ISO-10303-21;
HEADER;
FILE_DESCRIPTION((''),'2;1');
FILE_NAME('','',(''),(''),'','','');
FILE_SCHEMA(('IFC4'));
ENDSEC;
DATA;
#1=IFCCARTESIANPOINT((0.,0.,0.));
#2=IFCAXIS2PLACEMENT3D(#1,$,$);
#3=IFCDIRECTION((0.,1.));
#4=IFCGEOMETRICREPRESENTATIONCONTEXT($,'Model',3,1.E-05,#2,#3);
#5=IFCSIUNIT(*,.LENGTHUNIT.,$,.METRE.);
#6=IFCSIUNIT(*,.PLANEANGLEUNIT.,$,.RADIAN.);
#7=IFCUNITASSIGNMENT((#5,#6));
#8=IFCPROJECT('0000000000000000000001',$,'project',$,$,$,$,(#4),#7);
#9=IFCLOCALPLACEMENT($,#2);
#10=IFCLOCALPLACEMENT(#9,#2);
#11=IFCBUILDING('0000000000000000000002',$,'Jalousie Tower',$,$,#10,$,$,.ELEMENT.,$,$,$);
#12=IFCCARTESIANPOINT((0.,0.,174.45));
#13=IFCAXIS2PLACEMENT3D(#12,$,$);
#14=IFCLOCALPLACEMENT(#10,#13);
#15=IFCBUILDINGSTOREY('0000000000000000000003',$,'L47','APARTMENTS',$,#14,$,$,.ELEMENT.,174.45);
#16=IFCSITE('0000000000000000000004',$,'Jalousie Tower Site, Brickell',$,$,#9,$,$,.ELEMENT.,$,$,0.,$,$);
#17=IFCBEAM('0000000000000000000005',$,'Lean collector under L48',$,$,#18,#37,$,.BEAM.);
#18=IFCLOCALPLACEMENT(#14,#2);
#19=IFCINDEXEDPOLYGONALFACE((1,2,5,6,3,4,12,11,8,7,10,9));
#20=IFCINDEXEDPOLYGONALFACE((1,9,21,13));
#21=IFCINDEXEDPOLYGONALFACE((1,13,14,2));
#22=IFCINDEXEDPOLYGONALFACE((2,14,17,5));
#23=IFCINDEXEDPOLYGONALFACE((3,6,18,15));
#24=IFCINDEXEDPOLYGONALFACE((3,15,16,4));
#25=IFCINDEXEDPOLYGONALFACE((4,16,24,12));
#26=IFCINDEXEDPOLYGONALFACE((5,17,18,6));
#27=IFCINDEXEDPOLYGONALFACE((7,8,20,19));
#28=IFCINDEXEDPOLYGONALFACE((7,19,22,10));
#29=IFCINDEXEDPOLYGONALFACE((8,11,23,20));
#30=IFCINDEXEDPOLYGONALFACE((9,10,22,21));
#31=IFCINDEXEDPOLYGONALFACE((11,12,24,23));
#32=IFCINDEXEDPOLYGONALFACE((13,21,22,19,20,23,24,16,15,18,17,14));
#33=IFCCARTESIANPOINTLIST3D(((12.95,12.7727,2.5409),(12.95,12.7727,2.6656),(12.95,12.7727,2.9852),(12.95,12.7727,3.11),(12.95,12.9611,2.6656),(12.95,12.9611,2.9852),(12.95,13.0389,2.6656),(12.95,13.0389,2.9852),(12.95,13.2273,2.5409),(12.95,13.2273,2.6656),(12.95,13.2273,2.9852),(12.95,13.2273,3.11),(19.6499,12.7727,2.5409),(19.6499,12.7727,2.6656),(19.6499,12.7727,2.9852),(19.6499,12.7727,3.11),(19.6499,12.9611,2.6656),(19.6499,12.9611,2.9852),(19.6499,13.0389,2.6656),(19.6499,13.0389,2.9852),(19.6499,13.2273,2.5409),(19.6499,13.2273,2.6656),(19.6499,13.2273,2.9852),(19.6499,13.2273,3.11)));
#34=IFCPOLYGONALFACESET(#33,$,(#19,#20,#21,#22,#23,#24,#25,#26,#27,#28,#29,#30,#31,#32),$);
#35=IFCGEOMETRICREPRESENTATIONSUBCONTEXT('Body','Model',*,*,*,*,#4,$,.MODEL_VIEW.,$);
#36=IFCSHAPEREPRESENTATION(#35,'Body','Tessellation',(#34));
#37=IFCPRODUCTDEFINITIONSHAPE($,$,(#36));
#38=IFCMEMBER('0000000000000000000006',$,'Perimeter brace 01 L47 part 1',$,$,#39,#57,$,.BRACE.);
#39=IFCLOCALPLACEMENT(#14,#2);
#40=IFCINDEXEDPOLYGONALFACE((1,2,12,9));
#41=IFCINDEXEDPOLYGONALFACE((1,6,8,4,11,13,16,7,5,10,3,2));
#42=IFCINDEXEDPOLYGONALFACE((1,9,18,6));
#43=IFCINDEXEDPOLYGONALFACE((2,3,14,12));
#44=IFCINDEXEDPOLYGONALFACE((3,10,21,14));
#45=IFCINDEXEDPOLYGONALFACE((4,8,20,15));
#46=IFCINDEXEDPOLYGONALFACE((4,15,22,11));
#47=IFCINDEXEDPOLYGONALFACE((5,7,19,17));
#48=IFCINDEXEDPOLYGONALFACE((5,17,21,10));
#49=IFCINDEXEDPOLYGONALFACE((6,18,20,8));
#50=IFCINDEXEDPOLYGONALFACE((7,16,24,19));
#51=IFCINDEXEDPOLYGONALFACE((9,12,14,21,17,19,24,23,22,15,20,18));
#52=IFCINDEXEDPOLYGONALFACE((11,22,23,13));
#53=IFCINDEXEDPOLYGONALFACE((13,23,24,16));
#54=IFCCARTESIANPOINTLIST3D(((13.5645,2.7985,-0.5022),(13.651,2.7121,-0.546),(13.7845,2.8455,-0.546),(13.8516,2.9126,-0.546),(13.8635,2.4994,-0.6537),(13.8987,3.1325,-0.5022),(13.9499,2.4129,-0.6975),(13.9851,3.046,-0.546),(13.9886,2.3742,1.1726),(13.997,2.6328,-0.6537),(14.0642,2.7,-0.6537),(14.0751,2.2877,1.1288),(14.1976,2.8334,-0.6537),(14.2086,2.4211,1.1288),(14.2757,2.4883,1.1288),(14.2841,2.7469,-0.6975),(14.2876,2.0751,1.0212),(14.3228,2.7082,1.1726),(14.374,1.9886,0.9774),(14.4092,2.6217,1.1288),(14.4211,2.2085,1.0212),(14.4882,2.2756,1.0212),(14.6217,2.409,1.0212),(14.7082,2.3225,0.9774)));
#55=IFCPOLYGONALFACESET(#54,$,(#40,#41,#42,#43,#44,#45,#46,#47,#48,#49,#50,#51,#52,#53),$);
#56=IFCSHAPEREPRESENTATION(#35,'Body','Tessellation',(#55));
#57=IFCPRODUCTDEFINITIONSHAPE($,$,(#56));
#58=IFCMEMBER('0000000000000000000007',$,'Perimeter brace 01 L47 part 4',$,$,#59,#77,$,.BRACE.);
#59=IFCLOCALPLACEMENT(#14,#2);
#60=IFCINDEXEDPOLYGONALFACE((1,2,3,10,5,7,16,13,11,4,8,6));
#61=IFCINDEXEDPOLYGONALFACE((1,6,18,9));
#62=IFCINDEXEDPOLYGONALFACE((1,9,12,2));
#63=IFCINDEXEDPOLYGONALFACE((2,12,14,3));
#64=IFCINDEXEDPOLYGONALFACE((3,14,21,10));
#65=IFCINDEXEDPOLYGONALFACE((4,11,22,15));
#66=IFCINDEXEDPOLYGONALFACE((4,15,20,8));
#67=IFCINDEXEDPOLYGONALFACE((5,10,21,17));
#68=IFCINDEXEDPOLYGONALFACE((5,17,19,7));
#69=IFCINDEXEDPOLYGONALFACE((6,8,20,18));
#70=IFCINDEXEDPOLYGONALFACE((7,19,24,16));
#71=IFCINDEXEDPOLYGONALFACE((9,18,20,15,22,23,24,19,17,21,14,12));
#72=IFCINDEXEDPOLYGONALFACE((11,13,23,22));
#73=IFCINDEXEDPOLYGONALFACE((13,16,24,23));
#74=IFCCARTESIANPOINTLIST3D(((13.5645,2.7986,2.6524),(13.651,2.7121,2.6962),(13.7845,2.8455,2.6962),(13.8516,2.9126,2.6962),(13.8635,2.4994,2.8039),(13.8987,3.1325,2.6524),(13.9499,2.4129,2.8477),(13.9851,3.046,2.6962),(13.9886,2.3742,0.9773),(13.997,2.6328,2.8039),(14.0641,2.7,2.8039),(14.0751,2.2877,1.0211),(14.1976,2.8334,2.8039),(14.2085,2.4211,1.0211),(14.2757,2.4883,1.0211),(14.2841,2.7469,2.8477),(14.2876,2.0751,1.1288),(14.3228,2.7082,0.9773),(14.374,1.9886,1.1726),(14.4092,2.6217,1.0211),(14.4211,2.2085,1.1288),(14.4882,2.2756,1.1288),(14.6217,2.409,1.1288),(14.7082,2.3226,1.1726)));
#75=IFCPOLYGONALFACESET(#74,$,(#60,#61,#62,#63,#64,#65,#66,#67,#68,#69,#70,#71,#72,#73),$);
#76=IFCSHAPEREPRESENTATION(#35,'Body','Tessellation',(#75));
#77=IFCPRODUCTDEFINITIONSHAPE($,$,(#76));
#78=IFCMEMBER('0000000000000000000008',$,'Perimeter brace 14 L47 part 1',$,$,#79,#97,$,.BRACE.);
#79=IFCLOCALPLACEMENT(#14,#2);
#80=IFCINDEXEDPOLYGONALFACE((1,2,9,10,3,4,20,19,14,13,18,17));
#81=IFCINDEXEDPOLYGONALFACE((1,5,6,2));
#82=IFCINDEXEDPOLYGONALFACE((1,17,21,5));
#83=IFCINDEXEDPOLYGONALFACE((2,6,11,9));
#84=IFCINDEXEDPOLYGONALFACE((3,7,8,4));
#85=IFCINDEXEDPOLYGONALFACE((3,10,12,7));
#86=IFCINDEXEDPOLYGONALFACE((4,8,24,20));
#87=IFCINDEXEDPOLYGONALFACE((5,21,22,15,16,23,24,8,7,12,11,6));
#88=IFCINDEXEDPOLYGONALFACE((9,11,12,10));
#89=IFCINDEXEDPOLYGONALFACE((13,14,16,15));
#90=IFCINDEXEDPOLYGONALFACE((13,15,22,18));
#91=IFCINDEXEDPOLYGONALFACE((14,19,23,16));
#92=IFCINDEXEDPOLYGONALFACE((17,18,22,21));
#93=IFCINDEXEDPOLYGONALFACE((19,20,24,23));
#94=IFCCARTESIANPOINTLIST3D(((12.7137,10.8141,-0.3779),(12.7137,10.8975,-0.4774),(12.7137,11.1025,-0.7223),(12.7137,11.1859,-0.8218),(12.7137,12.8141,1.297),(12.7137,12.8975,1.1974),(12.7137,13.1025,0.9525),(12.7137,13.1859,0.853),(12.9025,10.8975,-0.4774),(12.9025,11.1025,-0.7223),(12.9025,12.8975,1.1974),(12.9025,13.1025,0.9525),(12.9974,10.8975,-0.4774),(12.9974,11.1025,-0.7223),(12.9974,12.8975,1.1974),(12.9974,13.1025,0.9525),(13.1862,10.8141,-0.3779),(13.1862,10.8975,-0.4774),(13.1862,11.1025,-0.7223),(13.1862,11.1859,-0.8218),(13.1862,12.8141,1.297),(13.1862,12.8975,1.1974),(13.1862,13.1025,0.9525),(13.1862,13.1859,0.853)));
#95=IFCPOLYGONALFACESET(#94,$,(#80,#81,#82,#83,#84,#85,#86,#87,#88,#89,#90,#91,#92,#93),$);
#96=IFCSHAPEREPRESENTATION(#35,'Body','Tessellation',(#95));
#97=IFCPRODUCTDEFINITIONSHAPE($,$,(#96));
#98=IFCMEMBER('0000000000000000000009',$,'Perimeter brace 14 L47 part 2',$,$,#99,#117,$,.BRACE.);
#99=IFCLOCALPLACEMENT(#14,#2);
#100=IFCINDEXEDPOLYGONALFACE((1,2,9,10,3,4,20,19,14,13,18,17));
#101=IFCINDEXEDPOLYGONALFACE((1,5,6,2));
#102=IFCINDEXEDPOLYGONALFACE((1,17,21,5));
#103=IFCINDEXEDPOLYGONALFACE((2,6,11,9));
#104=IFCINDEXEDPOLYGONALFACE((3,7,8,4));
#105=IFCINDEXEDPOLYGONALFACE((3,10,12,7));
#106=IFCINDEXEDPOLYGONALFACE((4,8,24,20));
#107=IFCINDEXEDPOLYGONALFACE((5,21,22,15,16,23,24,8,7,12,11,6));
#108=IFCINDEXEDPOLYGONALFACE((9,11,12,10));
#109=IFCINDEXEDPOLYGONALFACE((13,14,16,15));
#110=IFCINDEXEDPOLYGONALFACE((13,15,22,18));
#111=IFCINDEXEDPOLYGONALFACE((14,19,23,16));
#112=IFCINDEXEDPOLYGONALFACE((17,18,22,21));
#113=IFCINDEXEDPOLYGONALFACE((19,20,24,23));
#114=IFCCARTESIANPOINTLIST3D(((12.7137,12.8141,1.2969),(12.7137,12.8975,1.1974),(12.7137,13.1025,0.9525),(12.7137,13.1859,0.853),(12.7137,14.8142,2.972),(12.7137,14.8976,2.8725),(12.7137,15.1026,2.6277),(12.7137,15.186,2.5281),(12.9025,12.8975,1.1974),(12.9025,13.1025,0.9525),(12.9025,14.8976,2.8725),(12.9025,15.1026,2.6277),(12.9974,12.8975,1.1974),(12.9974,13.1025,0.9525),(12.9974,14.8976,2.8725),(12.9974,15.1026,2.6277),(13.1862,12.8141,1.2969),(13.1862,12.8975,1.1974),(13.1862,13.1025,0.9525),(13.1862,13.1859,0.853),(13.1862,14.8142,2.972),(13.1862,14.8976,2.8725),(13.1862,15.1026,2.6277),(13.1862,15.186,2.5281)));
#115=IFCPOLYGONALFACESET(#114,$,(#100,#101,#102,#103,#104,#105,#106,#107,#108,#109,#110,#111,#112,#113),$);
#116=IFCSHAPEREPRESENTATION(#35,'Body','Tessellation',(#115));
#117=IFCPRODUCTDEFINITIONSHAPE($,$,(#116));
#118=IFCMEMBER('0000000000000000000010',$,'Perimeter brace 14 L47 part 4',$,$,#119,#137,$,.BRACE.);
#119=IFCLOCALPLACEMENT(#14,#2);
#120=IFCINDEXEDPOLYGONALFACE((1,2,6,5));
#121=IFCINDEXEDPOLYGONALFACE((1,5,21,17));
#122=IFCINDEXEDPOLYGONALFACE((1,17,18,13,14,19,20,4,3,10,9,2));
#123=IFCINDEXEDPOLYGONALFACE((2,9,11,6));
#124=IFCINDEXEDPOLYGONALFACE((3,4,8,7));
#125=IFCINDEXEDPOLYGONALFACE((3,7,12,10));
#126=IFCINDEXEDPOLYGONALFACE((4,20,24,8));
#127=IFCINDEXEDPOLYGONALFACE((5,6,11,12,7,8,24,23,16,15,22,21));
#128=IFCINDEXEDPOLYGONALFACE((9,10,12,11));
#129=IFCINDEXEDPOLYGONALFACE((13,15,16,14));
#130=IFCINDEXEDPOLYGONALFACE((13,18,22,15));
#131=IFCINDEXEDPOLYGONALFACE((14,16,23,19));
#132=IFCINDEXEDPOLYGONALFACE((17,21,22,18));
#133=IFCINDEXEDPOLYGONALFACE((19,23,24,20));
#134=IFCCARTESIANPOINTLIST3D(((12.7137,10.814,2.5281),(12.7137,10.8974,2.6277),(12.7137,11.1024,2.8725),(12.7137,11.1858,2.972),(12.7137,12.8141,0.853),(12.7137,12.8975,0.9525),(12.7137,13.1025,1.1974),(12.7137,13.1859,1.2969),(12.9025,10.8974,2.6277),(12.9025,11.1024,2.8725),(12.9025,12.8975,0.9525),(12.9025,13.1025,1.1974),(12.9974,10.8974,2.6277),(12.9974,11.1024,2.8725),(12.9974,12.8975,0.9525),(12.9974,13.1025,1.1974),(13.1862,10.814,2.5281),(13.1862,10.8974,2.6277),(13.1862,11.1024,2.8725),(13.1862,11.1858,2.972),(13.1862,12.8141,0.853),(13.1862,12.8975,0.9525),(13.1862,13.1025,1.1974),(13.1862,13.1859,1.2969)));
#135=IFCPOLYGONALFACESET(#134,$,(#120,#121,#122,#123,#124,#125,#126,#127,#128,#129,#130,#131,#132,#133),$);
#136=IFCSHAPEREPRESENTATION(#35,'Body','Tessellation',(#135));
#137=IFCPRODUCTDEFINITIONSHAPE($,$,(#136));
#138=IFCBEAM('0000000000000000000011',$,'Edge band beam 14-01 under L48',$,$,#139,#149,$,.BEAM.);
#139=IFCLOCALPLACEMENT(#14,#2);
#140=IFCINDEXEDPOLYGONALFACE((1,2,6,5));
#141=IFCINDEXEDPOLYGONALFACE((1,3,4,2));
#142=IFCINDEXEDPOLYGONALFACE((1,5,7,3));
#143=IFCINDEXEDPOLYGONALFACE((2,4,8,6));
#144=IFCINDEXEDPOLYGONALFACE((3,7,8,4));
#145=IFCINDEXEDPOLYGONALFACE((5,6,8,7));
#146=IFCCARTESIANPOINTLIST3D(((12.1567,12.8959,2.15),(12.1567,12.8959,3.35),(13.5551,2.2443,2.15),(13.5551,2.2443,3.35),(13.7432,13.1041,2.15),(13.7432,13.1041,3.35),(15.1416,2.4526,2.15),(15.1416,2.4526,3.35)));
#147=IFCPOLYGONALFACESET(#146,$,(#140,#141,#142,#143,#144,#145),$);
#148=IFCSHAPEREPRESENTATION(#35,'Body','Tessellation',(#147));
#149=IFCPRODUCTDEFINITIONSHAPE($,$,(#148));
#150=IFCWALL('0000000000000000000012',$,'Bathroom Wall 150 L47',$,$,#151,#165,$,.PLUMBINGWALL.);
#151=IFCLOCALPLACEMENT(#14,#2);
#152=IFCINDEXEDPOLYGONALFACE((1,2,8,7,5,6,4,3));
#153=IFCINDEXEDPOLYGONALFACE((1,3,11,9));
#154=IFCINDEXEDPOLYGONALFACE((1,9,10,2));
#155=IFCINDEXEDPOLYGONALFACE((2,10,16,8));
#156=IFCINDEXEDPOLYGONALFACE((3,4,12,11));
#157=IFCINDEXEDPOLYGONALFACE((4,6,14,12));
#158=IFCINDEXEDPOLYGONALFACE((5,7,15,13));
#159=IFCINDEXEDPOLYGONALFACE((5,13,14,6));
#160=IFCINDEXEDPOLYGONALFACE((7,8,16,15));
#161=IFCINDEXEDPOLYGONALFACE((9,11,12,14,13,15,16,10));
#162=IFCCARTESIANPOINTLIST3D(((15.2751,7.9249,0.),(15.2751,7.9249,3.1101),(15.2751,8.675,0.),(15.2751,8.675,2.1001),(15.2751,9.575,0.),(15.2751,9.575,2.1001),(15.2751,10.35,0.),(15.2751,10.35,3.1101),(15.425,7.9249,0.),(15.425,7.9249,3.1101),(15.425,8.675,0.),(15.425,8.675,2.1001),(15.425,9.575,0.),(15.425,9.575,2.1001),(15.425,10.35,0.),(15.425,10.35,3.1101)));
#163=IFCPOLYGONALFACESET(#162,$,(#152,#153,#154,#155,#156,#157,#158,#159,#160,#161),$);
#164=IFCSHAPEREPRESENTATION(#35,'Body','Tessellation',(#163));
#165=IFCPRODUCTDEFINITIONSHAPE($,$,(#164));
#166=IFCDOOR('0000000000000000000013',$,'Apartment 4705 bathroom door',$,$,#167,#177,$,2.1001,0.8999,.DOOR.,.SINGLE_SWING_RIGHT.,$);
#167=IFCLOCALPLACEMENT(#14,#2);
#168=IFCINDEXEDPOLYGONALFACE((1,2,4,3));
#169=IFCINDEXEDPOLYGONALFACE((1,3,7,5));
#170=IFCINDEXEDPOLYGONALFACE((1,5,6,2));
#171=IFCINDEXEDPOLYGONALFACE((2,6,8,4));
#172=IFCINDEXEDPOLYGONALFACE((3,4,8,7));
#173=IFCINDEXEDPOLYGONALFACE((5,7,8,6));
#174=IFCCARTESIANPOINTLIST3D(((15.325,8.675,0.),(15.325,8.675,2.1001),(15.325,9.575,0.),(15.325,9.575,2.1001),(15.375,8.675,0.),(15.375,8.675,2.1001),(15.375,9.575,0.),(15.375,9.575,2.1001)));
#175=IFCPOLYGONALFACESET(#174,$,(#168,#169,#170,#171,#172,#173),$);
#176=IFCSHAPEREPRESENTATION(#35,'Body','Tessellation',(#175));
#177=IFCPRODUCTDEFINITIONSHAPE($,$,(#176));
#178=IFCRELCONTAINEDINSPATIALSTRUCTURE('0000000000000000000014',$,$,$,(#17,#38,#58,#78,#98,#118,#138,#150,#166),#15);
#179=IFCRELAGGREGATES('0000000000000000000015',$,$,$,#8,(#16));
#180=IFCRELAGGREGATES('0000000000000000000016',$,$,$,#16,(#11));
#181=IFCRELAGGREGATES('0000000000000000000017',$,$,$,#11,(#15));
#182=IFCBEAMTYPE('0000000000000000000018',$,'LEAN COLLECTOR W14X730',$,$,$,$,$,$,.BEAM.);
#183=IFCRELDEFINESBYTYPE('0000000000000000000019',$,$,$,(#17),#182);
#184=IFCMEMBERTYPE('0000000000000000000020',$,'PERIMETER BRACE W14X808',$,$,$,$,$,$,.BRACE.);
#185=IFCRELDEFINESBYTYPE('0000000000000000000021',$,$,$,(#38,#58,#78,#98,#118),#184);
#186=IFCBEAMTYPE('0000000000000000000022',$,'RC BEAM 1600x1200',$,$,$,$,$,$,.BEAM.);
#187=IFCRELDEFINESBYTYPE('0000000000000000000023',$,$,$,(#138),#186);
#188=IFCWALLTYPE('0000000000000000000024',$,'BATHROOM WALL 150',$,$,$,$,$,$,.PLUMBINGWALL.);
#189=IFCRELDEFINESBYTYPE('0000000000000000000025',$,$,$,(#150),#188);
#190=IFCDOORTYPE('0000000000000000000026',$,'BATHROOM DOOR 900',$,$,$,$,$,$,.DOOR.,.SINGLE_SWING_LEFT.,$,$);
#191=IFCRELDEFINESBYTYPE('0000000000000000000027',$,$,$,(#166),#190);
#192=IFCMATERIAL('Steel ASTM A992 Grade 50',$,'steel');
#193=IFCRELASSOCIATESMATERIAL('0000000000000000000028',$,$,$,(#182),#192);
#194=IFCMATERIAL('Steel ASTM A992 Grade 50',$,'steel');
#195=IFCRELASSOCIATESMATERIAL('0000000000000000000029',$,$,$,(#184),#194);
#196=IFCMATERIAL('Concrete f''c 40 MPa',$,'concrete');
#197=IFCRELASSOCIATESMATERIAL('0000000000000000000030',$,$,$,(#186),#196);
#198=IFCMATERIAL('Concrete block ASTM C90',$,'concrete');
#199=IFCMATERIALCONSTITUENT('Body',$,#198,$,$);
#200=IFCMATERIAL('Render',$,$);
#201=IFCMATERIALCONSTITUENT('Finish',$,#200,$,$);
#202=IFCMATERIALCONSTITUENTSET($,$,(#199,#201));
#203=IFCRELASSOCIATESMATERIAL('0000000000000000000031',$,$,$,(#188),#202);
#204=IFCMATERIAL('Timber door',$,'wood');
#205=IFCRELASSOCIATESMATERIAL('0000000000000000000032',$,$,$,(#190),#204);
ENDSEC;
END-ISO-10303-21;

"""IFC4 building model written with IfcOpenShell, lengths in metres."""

from ifc_helpers import new_model, si_unit, direction, frame, frame_2d, origin, origin_2d, place, context, subcontext, project, spatial, rectangle, i_section, extrude, material, constituent, constituent_set, material_profile, profile_set, type_object, element, fill, save


model = new_model("IFC4")

# Units and contexts
model_context = context("Model", 3, precision=1e-05, world=origin(), true_north=direction((0.0, 1.0)))
body_context = subcontext(model_context, "Body", "Model", "MODEL_VIEW")
ifc_project = project(units=[si_unit("LENGTHUNIT", "METRE"), si_unit("PLANEANGLEUNIT", "RADIAN")], contexts=[model_context])

# Site, building, storey
site_placement = place(None, origin())
site = spatial("IfcSite", under=ifc_project, at=site_placement, Name="Jalousie Tower Site, Brickell", CompositionType="ELEMENT", RefElevation=0.0)
building_placement = place(site_placement, origin())
building = spatial("IfcBuilding", under=site, at=building_placement, Name="Jalousie Tower", CompositionType="ELEMENT")
storey_placement = place(building_placement, frame((0.0, 0.0, 174.45)))
storey = spatial("IfcBuildingStorey", under=building, at=storey_placement, Name="L47", Description="APARTMENTS", CompositionType="ELEMENT", Elevation=174.45)

# Beam
ifc_material_1 = material(Name="Steel ASTM A992 Grade 50", Category="steel")
ifc_material_profile_1 = material_profile(ifc_material_1, i_section(OverallWidth=0.4546, OverallDepth=0.5691, WebThickness=0.0779, FlangeThickness=0.1248, at=origin_2d()), Name="W14X730")
ifc_profile_set_1 = profile_set([ifc_material_profile_1], Name="Steel ASTM A992 Grade 50")
beam_type_1 = type_object("IfcBeamType", Name="LEAN COLLECTOR W14X730", PredefinedType="BEAM", material=ifc_profile_set_1)
beam_1_placement = place(storey_placement, frame((12.95, 13.0, 2.8254), z_axis=(1.0, 0.0, 0.0), x_axis=(0.0, 1.0, 0.0)))
element("IfcBeam", 1, at=beam_1_placement, inside=storey, type_object=beam_type_1, Name="Lean collector under L48", PredefinedType="BEAM", context=body_context, shape_type="SweptSolid", body=[
    extrude(i_section(OverallWidth=0.4546, OverallDepth=0.5691, WebThickness=0.0779, FlangeThickness=0.1248, at=origin_2d()), origin(), (0.0, 0.0, 1.0), 6.7),
])

# Members
ifc_material_2 = material(Name="Steel ASTM A992 Grade 50", Category="steel")
ifc_material_profile_2 = material_profile(ifc_material_2, i_section(OverallWidth=0.4724, OverallDepth=0.5791, WebThickness=0.095, FlangeThickness=0.1299, at=origin_2d()), Name="W14X808")
ifc_profile_set_2 = profile_set([ifc_material_profile_2], Name="Steel ASTM A992 Grade 50")
member_type = type_object("IfcMemberType", Name="PERIMETER BRACE W14X808", PredefinedType="BRACE", material=ifc_profile_set_2)
member_1_placement = place(storey_placement, frame((13.9243, 2.7727, -0.5999), z_axis=(0.238376, -0.238514, 0.941429), x_axis=(0.70731, 0.706903, 0.0)))
element("IfcMember", 2, at=member_1_placement, inside=storey, type_object=member_type, Name="Perimeter brace 01 L47 part 1", PredefinedType="BRACE", context=body_context, shape_type="SweptSolid", body=[
    extrude(i_section(OverallWidth=0.4724, OverallDepth=0.5791, WebThickness=0.095, FlangeThickness=0.1299, at=origin_2d()), origin(), (0.0, 0.0, 1.0), 1.7791),
])
member_2_placement = place(storey_placement, frame((14.3484, 2.3484, 1.075), z_axis=(-0.238346, 0.238483, 0.941444), x_axis=(-0.70731, -0.706903, 0.0)))
element("IfcMember", 3, at=member_2_placement, inside=storey, type_object=member_type, Name="Perimeter brace 01 L47 part 4", PredefinedType="BRACE", context=body_context, shape_type="SweptSolid", body=[
    extrude(i_section(OverallWidth=0.4724, OverallDepth=0.5791, WebThickness=0.095, FlangeThickness=0.1299, at=origin_2d()), origin(), (0.0, 0.0, 1.0), 1.7793),
])
member_3_placement = place(storey_placement, frame((12.95, 11.0, -0.5999), z_axis=(0.0, 0.766685, 0.642024), x_axis=(-1.0, 0.0, 0.0)))
element("IfcMember", 4, at=member_3_placement, inside=storey, type_object=member_type, Name="Perimeter brace 14 L47 part 1", PredefinedType="BRACE", context=body_context, shape_type="SweptSolid", body=[
    extrude(i_section(OverallWidth=0.4724, OverallDepth=0.5791, WebThickness=0.095, FlangeThickness=0.1299, at=origin_2d()), origin(), (0.0, 0.0, 1.0), 2.6086),
])
for number, where, z_axis, x_axis, name in (
    (5, (12.95, 13.0, 1.075), (0.0, 0.766639, 0.642079), (-1.0, 0.0, 0.0), "Perimeter brace 14 L47 part 2"),
    (6, (12.95, 13.0, 1.075), (0.0, -0.766639, 0.642079), (1.0, 0.0, 0.0), "Perimeter brace 14 L47 part 4"),
):
    element("IfcMember", number, at=place(storey_placement, frame(where, z_axis=z_axis, x_axis=x_axis)), inside=storey, type_object=member_type, Name=name, PredefinedType="BRACE", context=body_context, shape_type="SweptSolid", body=[
        extrude(i_section(OverallWidth=0.4724, OverallDepth=0.5791, WebThickness=0.095, FlangeThickness=0.1299, at=origin_2d()), origin(), (0.0, 0.0, 1.0), 2.6089),
    ])

# Beam
ifc_material_3 = material(Name="Concrete f'c 40 MPa", Category="concrete")
ifc_material_profile_3 = material_profile(ifc_material_3, rectangle(XDim=1.6001, YDim=1.2, at=origin_2d()), Name="RC 1600x1200")
ifc_profile_set_3 = profile_set([ifc_material_profile_3], Name="Concrete f'c 40 MPa")
beam_type_2 = type_object("IfcBeamType", Name="RC BEAM 1600x1200", PredefinedType="BEAM", material=ifc_profile_set_3)
beam_2_placement = place(storey_placement, frame((12.95, 13.0, 2.75), z_axis=(0.130172, -0.991491, 0.0), x_axis=(0.991491, 0.130172, 0.0)))
element("IfcBeam", 7, at=beam_2_placement, inside=storey, type_object=beam_type_2, Name="Edge band beam 14-01 under L48", PredefinedType="BEAM", context=body_context, shape_type="SweptSolid", body=[
    extrude(rectangle(XDim=1.6001, YDim=1.2, at=origin_2d()), origin(), (0.0, 0.0, 1.0), 10.7429),
])

# Wall, opening, door
ifc_material_4 = material(Name="Concrete block ASTM C90", Category="concrete")
ifc_constituent_1 = constituent(ifc_material_4, Name="Body")
ifc_material_5 = material(Name="Render")
ifc_constituent_2 = constituent(ifc_material_5, Name="Finish")
ifc_constituent_set_1 = constituent_set(constituents=[ifc_constituent_1, ifc_constituent_2])
wall_type_1 = type_object("IfcWallType", Name="BATHROOM WALL 150", PredefinedType="PLUMBINGWALL", material=ifc_constituent_set_1)
wall_1_placement = place(storey_placement, frame((15.3501, 7.925, 0.0), z_axis=(0.0, 0.0, 1.0), x_axis=(0.0, 1.0, 0.0)))
wall_1 = element("IfcWall", 8, at=wall_1_placement, inside=storey, type_object=wall_type_1, Name="Bathroom Wall 150 L47", PredefinedType="PLUMBINGWALL", context=body_context, shape_type="SweptSolid", body=[
    extrude(rectangle(XDim=2.425, YDim=0.1499, at=frame_2d((1.2124, 0.0))), origin(), (0.0, 0.0, 1.0), 3.1101),
])
opening_1_placement = place(wall_1_placement, frame((0.75, 0.0, 0.0)))
opening_1 = element("IfcOpeningElement", 9, at=opening_1_placement, cuts=wall_1, PredefinedType="OPENING", context=body_context, shape_type="SweptSolid", body=[
    extrude(rectangle(XDim=0.8999, YDim=2.1001, at=frame_2d((0.45, 1.05))), frame((0.0, 0.085, 0.0), z_axis=(0.0, -1.0, 0.0), x_axis=(1.0, 0.0, 0.0)), (0.0, 0.0, 1.0), 0.1699),
])
ifc_material_6 = material(Name="Timber door", Category="wood")
door_type_1 = type_object("IfcDoorType", Name="BATHROOM DOOR 900", OperationType="SINGLE_SWING_LEFT", PredefinedType="DOOR", material=ifc_material_6)
door_1_placement = place(opening_1_placement, frame((0.8999, 0.0, 0.0), z_axis=(0.0, 0.0, 1.0), x_axis=(-1.0, 0.0, 0.0)))
door_1 = element("IfcDoor", 10, at=door_1_placement, inside=storey, type_object=door_type_1, Name="Apartment 4705 bathroom door", OperationType="SINGLE_SWING_RIGHT", OverallHeight=2.1001, OverallWidth=0.8999, PredefinedType="DOOR", context=body_context, shape_type="SweptSolid", body=[
    extrude(rectangle(XDim=0.8999, YDim=2.1001, at=frame_2d((0.45, 1.05))), frame((0.0, 0.0249, 0.0), z_axis=(0.0, -1.0, 0.0), x_axis=(1.0, 0.0, 0.0)), (0.0, 0.0, 1.0), 0.05),
])
fill(opening_1, door_1)

save(model, "model.ifc")
